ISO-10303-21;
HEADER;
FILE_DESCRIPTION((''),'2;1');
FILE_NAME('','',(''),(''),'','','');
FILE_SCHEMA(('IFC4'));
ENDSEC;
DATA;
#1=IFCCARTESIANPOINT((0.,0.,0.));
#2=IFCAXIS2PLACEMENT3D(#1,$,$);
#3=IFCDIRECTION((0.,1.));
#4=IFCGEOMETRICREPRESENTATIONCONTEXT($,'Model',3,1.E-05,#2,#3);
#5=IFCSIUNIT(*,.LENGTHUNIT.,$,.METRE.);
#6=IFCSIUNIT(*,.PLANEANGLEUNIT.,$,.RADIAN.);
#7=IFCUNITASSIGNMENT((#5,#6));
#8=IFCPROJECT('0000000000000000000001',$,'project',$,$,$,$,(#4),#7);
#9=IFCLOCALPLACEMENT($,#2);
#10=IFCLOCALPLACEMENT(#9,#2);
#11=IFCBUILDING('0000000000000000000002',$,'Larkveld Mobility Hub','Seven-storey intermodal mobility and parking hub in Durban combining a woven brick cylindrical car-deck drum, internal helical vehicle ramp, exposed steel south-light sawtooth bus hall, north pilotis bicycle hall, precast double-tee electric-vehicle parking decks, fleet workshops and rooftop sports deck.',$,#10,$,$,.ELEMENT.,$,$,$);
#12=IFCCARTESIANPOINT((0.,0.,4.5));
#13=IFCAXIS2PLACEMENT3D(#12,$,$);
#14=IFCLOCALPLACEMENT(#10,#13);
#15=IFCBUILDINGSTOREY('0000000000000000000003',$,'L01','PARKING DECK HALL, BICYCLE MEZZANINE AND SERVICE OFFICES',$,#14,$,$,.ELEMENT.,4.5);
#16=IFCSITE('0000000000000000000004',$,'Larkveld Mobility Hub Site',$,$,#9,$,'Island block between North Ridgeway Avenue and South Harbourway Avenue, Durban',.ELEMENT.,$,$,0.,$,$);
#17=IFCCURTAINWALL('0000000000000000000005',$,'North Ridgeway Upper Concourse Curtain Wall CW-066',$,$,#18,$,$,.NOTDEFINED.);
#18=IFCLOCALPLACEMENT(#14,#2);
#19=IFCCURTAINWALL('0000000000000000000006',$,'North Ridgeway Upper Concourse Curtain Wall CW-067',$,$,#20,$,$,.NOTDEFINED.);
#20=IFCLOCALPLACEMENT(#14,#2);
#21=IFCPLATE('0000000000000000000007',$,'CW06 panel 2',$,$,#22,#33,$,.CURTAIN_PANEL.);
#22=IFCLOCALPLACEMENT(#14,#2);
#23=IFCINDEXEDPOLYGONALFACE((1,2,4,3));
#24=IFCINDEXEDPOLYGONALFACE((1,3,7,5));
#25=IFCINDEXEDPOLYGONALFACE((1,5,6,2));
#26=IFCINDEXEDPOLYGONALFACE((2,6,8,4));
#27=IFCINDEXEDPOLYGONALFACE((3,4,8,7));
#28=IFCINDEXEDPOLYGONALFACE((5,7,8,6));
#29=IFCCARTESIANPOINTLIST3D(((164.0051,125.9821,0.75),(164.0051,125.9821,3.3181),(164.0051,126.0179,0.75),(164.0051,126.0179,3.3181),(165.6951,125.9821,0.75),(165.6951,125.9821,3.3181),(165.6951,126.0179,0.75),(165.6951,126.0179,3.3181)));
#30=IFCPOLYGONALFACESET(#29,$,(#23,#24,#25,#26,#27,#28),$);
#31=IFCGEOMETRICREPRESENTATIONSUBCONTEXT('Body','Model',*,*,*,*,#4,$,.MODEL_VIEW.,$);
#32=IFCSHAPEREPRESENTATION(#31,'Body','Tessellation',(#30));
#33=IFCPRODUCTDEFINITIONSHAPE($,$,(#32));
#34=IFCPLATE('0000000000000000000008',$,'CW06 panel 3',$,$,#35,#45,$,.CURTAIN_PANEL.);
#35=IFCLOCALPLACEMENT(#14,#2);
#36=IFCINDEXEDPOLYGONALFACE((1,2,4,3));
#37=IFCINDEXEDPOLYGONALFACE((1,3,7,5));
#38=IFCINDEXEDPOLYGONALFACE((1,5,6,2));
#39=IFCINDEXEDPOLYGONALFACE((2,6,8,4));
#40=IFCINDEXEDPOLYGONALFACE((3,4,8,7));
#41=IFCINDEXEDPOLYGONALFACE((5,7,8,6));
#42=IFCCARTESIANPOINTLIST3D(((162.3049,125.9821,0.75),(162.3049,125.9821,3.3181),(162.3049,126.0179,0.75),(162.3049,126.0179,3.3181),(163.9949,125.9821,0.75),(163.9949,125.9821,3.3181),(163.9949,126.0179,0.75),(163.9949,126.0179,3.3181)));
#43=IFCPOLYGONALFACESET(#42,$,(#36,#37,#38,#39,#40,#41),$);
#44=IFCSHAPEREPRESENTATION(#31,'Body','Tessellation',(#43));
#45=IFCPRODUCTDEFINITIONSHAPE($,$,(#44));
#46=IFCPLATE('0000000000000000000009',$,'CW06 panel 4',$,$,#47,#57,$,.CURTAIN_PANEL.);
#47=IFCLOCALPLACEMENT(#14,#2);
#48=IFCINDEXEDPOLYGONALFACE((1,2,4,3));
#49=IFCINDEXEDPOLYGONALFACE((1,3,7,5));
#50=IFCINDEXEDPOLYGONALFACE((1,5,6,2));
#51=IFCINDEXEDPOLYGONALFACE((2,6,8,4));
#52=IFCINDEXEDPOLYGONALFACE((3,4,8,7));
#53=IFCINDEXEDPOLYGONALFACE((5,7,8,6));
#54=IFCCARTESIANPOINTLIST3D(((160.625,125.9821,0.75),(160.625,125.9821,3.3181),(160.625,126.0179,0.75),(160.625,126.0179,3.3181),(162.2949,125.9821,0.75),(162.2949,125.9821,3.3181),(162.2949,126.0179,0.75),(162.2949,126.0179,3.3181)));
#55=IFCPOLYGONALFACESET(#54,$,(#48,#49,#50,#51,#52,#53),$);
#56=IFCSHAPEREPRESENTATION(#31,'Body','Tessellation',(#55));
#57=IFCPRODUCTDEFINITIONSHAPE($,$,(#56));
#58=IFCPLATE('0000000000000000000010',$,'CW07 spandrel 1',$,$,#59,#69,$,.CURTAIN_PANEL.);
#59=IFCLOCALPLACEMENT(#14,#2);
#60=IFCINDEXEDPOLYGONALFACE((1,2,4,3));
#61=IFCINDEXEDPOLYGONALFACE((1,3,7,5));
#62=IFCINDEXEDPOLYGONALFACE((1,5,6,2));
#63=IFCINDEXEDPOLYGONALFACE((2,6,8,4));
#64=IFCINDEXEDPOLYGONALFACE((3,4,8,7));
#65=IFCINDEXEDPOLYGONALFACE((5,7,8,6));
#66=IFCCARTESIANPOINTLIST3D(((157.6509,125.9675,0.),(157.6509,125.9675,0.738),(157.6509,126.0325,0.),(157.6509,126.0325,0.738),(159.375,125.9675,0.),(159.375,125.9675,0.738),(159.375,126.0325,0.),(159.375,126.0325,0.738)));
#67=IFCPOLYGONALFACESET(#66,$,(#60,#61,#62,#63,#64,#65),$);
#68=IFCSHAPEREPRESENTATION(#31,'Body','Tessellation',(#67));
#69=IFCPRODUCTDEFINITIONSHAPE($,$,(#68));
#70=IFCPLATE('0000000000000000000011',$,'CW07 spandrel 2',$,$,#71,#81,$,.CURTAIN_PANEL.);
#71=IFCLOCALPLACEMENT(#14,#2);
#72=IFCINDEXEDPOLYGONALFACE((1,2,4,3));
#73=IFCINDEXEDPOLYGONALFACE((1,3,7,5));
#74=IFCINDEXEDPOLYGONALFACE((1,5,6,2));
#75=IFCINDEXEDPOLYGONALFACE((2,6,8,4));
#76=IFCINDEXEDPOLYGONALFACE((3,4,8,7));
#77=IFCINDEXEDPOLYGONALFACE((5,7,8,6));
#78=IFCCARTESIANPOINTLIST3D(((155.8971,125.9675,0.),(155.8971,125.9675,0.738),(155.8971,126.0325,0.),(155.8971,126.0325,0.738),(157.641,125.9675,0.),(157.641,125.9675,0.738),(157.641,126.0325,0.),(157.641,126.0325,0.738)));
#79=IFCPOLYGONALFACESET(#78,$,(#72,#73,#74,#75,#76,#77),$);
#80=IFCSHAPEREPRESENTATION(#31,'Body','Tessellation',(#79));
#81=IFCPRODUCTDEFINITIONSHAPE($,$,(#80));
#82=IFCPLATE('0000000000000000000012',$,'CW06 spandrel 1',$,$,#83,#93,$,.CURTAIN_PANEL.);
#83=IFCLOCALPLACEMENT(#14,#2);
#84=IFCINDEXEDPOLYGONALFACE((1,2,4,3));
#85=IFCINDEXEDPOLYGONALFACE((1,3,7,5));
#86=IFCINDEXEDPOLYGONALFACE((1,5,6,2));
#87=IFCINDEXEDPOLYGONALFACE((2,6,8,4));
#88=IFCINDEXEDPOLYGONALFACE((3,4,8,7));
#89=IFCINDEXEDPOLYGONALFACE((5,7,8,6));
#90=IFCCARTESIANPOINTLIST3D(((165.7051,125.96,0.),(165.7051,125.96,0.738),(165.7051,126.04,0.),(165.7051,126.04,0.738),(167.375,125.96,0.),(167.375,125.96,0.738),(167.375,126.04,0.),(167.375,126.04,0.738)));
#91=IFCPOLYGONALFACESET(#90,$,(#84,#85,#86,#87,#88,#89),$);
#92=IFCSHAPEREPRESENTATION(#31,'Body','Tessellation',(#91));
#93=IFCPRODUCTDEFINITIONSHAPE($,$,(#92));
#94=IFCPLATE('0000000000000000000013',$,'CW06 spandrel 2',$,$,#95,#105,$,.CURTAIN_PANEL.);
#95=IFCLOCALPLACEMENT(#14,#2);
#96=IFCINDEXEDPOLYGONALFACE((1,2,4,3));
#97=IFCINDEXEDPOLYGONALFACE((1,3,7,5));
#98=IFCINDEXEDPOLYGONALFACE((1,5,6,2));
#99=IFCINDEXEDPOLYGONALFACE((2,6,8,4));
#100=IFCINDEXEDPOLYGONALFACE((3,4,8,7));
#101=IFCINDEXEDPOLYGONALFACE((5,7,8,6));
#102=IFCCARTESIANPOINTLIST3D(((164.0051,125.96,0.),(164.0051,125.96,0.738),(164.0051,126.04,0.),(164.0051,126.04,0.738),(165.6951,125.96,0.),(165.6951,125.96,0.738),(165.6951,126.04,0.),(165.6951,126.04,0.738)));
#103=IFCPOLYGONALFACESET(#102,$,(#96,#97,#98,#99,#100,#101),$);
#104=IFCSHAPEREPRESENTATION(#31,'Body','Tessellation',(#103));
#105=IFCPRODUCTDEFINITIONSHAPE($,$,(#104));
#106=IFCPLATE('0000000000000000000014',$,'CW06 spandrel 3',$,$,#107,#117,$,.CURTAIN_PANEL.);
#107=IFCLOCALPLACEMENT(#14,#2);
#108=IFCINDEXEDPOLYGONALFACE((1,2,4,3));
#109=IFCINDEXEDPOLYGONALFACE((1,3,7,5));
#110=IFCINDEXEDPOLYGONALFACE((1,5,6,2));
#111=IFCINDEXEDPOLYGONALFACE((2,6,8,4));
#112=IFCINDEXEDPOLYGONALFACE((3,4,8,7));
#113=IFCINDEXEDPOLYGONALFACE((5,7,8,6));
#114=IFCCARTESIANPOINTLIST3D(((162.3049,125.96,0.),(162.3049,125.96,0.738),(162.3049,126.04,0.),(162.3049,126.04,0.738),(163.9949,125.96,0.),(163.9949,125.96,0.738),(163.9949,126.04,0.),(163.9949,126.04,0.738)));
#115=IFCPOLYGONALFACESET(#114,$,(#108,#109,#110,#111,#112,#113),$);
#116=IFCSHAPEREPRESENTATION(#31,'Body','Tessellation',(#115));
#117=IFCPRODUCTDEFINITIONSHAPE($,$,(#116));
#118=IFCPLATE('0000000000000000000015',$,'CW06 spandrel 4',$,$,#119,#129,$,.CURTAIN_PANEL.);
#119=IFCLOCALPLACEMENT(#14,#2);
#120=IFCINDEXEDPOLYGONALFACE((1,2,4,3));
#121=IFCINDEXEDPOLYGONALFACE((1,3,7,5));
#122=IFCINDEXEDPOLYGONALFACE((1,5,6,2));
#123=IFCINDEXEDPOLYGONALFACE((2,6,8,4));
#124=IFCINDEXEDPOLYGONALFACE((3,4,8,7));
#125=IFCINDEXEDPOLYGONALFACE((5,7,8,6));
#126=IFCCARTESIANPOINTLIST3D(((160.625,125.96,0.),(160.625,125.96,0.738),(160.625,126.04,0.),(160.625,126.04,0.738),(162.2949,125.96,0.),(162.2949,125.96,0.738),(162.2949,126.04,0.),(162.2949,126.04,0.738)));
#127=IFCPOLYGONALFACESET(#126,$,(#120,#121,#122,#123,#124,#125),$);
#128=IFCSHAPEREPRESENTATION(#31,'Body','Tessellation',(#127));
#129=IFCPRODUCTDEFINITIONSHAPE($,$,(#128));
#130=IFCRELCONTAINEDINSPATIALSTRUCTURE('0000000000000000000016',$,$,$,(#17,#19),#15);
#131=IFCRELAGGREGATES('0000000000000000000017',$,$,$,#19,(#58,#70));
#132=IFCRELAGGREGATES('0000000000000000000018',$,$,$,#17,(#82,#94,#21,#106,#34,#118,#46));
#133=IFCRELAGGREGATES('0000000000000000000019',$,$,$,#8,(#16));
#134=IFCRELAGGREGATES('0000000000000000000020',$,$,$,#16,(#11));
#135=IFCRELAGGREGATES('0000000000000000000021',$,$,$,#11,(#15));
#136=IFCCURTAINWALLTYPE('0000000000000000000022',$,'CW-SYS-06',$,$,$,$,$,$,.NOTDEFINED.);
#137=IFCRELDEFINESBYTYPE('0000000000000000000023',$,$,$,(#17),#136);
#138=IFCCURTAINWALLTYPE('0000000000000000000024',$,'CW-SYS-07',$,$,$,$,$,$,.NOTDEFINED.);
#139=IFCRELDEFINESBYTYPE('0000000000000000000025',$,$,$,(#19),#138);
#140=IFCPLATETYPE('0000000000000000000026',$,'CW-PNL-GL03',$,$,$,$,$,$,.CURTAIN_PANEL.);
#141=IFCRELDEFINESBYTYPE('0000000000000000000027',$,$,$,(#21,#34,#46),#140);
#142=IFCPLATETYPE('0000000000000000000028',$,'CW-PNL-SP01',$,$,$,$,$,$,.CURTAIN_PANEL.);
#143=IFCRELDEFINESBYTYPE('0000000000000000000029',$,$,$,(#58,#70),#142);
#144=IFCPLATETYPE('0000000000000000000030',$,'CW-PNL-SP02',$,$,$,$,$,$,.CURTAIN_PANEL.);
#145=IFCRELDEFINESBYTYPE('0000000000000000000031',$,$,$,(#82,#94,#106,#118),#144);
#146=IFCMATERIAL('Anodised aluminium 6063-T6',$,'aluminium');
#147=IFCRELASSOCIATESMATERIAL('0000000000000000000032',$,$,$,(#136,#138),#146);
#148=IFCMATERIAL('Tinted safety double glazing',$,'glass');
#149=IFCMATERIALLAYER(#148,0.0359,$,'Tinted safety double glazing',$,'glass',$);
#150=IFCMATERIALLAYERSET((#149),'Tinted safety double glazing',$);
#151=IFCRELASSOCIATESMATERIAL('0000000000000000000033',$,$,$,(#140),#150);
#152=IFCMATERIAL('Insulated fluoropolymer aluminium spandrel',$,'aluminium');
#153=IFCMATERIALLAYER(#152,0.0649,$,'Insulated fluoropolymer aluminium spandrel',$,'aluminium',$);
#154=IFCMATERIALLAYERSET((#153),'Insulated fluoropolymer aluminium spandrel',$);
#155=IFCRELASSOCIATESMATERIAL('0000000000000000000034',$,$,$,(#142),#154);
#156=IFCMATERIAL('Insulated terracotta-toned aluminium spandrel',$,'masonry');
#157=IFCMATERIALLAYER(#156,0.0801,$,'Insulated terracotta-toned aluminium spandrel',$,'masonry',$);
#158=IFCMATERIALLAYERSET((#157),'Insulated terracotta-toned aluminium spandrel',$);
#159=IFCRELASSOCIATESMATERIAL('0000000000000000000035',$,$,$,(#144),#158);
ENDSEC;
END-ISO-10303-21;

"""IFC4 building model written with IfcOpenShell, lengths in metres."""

from ifc_helpers import new_model, si_unit, direction, frame, origin, origin_2d, place, context, subcontext, project, spatial, rectangle, extrude, material, layer, layer_set, type_object, element, aggregate, save


model = new_model("IFC4")

# Units and contexts
model_context = context("Model", 3, precision=1e-05, world=origin(), true_north=direction((0.0, 1.0)))
body_context = subcontext(model_context, "Body", "Model", "MODEL_VIEW")
ifc_project = project(units=[si_unit("LENGTHUNIT", "METRE"), si_unit("PLANEANGLEUNIT", "RADIAN")], contexts=[model_context])

# Site, building, storey
site_placement = place(None, origin())
site = spatial("IfcSite", under=ifc_project, at=site_placement, Name="Larkveld Mobility Hub Site", LongName="Island block between North Ridgeway Avenue and South Harbourway Avenue, Durban", CompositionType="ELEMENT", RefElevation=0.0)
building_placement = place(site_placement, origin())
building = spatial("IfcBuilding", under=site, at=building_placement, Name="Larkveld Mobility Hub", Description="Seven-storey intermodal mobility and parking hub in Durban combining a woven brick cylindrical car-deck drum, internal helical vehicle ramp, exposed steel south-light sawtooth bus hall, north pilotis bicycle hall, precast double-tee electric-vehicle parking decks, fleet workshops and rooftop sports deck.", CompositionType="ELEMENT")
storey_placement = place(building_placement, frame((0.0, 0.0, 4.5)))
storey = spatial("IfcBuildingStorey", under=building, at=storey_placement, Name="L01", Description="PARKING DECK HALL, BICYCLE MEZZANINE AND SERVICE OFFICES", CompositionType="ELEMENT", Elevation=4.5)

# Curtain walls
ifc_material_1 = material(Name="Anodised aluminium 6063-T6", Category="aluminium")
curtain_wall_type_1 = type_object("IfcCurtainWallType", Name="CW-SYS-06", PredefinedType="NOTDEFINED", material=ifc_material_1)
curtain_wall_1_placement = place(storey_placement, origin())
curtain_wall_1 = element("IfcCurtainWall", 1, at=curtain_wall_1_placement, inside=storey, type_object=curtain_wall_type_1, Name="North Ridgeway Upper Concourse Curtain Wall CW-066", PredefinedType="NOTDEFINED")
curtain_wall_type_2 = type_object("IfcCurtainWallType", Name="CW-SYS-07", PredefinedType="NOTDEFINED", material=ifc_material_1)
curtain_wall_2_placement = place(storey_placement, origin())
curtain_wall_2 = element("IfcCurtainWall", 2, at=curtain_wall_2_placement, inside=storey, type_object=curtain_wall_type_2, Name="North Ridgeway Upper Concourse Curtain Wall CW-067", PredefinedType="NOTDEFINED")

# Plates
ifc_material_2 = material(Name="Tinted safety double glazing", Category="glass")
ifc_layer_1 = layer(ifc_material_2, 0.0359, Name="Tinted safety double glazing", Category="glass")
ifc_layer_set_1 = layer_set([ifc_layer_1], Name="Tinted safety double glazing")
plate_type_1 = type_object("IfcPlateType", Name="CW-PNL-GL03", PredefinedType="CURTAIN_PANEL", material=ifc_layer_set_1)
plate_1_placement = place(storey_placement, frame((164.8501, 126.0, 0.75), z_axis=(0.0, 0.0, 1.0), x_axis=(-1.0, 0.0, 0.0)))
plate_1 = element("IfcPlate", 3, at=plate_1_placement, type_object=plate_type_1, Name="CW06 panel 2", PredefinedType="CURTAIN_PANEL", context=body_context, shape_type="SweptSolid", body=[
    extrude(rectangle(XDim=1.6899, YDim=0.0359, at=origin_2d()), origin(), (0.0, 0.0, 1.0), 2.5681),
])
plate_2_placement = place(storey_placement, frame((163.1499, 126.0, 0.75), z_axis=(0.0, 0.0, 1.0), x_axis=(-1.0, 0.0, 0.0)))
plate_2 = element("IfcPlate", 4, at=plate_2_placement, type_object=plate_type_1, Name="CW06 panel 3", PredefinedType="CURTAIN_PANEL", context=body_context, shape_type="SweptSolid", body=[
    extrude(rectangle(XDim=1.6899, YDim=0.0359, at=origin_2d()), origin(), (0.0, 0.0, 1.0), 2.5681),
])
plate_3_placement = place(storey_placement, frame((161.46, 126.0, 0.75), z_axis=(0.0, 0.0, 1.0), x_axis=(-1.0, 0.0, 0.0)))
plate_3 = element("IfcPlate", 5, at=plate_3_placement, type_object=plate_type_1, Name="CW06 panel 4", PredefinedType="CURTAIN_PANEL", context=body_context, shape_type="SweptSolid", body=[
    extrude(rectangle(XDim=1.6699, YDim=0.0359, at=origin_2d()), origin(), (0.0, 0.0, 1.0), 2.5681),
])
ifc_material_3 = material(Name="Insulated fluoropolymer aluminium spandrel", Category="aluminium")
ifc_layer_2 = layer(ifc_material_3, 0.0649, Name="Insulated fluoropolymer aluminium spandrel", Category="aluminium")
ifc_layer_set_2 = layer_set([ifc_layer_2], Name="Insulated fluoropolymer aluminium spandrel")
plate_type_2 = type_object("IfcPlateType", Name="CW-PNL-SP01", PredefinedType="CURTAIN_PANEL", material=ifc_layer_set_2)
plate_4_placement = place(storey_placement, frame((158.5129, 126.0, 0.0), z_axis=(0.0, 0.0, 1.0), x_axis=(-1.0, 0.0, 0.0)))
plate_4 = element("IfcPlate", 6, at=plate_4_placement, type_object=plate_type_2, Name="CW07 spandrel 1", PredefinedType="CURTAIN_PANEL", context=body_context, shape_type="SweptSolid", body=[
    extrude(rectangle(XDim=1.7241, YDim=0.0649, at=origin_2d()), origin(), (0.0, 0.0, 1.0), 0.738),
])
plate_5_placement = place(storey_placement, frame((156.769, 126.0, 0.0), z_axis=(0.0, 0.0, 1.0), x_axis=(-1.0, 0.0, 0.0)))
plate_5 = element("IfcPlate", 7, at=plate_5_placement, type_object=plate_type_2, Name="CW07 spandrel 2", PredefinedType="CURTAIN_PANEL", context=body_context, shape_type="SweptSolid", body=[
    extrude(rectangle(XDim=1.7439, YDim=0.0649, at=origin_2d()), origin(), (0.0, 0.0, 1.0), 0.738),
])
aggregate(curtain_wall_2, [plate_4, plate_5])
ifc_material_4 = material(Name="Insulated terracotta-toned aluminium spandrel", Category="masonry")
ifc_layer_3 = layer(ifc_material_4, 0.0801, Name="Insulated terracotta-toned aluminium spandrel", Category="masonry")
ifc_layer_set_3 = layer_set([ifc_layer_3], Name="Insulated terracotta-toned aluminium spandrel")
plate_type_3 = type_object("IfcPlateType", Name="CW-PNL-SP02", PredefinedType="CURTAIN_PANEL", material=ifc_layer_set_3)
plate_6_placement = place(storey_placement, frame((166.54, 126.0, 0.0), z_axis=(0.0, 0.0, 1.0), x_axis=(-1.0, 0.0, 0.0)))
plate_6 = element("IfcPlate", 8, at=plate_6_placement, type_object=plate_type_3, Name="CW06 spandrel 1", PredefinedType="CURTAIN_PANEL", context=body_context, shape_type="SweptSolid", body=[
    extrude(rectangle(XDim=1.6699, YDim=0.0801, at=origin_2d()), origin(), (0.0, 0.0, 1.0), 0.738),
])
plate_7_placement = place(storey_placement, frame((164.8501, 126.0, 0.0), z_axis=(0.0, 0.0, 1.0), x_axis=(-1.0, 0.0, 0.0)))
plate_7 = element("IfcPlate", 9, at=plate_7_placement, type_object=plate_type_3, Name="CW06 spandrel 2", PredefinedType="CURTAIN_PANEL", context=body_context, shape_type="SweptSolid", body=[
    extrude(rectangle(XDim=1.6899, YDim=0.0801, at=origin_2d()), origin(), (0.0, 0.0, 1.0), 0.738),
])
plate_8_placement = place(storey_placement, frame((163.1499, 126.0, 0.0), z_axis=(0.0, 0.0, 1.0), x_axis=(-1.0, 0.0, 0.0)))
plate_8 = element("IfcPlate", 10, at=plate_8_placement, type_object=plate_type_3, Name="CW06 spandrel 3", PredefinedType="CURTAIN_PANEL", context=body_context, shape_type="SweptSolid", body=[
    extrude(rectangle(XDim=1.6899, YDim=0.0801, at=origin_2d()), origin(), (0.0, 0.0, 1.0), 0.738),
])
plate_9_placement = place(storey_placement, frame((161.46, 126.0, 0.0), z_axis=(0.0, 0.0, 1.0), x_axis=(-1.0, 0.0, 0.0)))
plate_9 = element("IfcPlate", 11, at=plate_9_placement, type_object=plate_type_3, Name="CW06 spandrel 4", PredefinedType="CURTAIN_PANEL", context=body_context, shape_type="SweptSolid", body=[
    extrude(rectangle(XDim=1.6699, YDim=0.0801, at=origin_2d()), origin(), (0.0, 0.0, 1.0), 0.738),
])
aggregate(curtain_wall_1, [plate_6, plate_7, plate_1, plate_8, plate_2, plate_9, plate_3])

save(model, "model.ifc")
